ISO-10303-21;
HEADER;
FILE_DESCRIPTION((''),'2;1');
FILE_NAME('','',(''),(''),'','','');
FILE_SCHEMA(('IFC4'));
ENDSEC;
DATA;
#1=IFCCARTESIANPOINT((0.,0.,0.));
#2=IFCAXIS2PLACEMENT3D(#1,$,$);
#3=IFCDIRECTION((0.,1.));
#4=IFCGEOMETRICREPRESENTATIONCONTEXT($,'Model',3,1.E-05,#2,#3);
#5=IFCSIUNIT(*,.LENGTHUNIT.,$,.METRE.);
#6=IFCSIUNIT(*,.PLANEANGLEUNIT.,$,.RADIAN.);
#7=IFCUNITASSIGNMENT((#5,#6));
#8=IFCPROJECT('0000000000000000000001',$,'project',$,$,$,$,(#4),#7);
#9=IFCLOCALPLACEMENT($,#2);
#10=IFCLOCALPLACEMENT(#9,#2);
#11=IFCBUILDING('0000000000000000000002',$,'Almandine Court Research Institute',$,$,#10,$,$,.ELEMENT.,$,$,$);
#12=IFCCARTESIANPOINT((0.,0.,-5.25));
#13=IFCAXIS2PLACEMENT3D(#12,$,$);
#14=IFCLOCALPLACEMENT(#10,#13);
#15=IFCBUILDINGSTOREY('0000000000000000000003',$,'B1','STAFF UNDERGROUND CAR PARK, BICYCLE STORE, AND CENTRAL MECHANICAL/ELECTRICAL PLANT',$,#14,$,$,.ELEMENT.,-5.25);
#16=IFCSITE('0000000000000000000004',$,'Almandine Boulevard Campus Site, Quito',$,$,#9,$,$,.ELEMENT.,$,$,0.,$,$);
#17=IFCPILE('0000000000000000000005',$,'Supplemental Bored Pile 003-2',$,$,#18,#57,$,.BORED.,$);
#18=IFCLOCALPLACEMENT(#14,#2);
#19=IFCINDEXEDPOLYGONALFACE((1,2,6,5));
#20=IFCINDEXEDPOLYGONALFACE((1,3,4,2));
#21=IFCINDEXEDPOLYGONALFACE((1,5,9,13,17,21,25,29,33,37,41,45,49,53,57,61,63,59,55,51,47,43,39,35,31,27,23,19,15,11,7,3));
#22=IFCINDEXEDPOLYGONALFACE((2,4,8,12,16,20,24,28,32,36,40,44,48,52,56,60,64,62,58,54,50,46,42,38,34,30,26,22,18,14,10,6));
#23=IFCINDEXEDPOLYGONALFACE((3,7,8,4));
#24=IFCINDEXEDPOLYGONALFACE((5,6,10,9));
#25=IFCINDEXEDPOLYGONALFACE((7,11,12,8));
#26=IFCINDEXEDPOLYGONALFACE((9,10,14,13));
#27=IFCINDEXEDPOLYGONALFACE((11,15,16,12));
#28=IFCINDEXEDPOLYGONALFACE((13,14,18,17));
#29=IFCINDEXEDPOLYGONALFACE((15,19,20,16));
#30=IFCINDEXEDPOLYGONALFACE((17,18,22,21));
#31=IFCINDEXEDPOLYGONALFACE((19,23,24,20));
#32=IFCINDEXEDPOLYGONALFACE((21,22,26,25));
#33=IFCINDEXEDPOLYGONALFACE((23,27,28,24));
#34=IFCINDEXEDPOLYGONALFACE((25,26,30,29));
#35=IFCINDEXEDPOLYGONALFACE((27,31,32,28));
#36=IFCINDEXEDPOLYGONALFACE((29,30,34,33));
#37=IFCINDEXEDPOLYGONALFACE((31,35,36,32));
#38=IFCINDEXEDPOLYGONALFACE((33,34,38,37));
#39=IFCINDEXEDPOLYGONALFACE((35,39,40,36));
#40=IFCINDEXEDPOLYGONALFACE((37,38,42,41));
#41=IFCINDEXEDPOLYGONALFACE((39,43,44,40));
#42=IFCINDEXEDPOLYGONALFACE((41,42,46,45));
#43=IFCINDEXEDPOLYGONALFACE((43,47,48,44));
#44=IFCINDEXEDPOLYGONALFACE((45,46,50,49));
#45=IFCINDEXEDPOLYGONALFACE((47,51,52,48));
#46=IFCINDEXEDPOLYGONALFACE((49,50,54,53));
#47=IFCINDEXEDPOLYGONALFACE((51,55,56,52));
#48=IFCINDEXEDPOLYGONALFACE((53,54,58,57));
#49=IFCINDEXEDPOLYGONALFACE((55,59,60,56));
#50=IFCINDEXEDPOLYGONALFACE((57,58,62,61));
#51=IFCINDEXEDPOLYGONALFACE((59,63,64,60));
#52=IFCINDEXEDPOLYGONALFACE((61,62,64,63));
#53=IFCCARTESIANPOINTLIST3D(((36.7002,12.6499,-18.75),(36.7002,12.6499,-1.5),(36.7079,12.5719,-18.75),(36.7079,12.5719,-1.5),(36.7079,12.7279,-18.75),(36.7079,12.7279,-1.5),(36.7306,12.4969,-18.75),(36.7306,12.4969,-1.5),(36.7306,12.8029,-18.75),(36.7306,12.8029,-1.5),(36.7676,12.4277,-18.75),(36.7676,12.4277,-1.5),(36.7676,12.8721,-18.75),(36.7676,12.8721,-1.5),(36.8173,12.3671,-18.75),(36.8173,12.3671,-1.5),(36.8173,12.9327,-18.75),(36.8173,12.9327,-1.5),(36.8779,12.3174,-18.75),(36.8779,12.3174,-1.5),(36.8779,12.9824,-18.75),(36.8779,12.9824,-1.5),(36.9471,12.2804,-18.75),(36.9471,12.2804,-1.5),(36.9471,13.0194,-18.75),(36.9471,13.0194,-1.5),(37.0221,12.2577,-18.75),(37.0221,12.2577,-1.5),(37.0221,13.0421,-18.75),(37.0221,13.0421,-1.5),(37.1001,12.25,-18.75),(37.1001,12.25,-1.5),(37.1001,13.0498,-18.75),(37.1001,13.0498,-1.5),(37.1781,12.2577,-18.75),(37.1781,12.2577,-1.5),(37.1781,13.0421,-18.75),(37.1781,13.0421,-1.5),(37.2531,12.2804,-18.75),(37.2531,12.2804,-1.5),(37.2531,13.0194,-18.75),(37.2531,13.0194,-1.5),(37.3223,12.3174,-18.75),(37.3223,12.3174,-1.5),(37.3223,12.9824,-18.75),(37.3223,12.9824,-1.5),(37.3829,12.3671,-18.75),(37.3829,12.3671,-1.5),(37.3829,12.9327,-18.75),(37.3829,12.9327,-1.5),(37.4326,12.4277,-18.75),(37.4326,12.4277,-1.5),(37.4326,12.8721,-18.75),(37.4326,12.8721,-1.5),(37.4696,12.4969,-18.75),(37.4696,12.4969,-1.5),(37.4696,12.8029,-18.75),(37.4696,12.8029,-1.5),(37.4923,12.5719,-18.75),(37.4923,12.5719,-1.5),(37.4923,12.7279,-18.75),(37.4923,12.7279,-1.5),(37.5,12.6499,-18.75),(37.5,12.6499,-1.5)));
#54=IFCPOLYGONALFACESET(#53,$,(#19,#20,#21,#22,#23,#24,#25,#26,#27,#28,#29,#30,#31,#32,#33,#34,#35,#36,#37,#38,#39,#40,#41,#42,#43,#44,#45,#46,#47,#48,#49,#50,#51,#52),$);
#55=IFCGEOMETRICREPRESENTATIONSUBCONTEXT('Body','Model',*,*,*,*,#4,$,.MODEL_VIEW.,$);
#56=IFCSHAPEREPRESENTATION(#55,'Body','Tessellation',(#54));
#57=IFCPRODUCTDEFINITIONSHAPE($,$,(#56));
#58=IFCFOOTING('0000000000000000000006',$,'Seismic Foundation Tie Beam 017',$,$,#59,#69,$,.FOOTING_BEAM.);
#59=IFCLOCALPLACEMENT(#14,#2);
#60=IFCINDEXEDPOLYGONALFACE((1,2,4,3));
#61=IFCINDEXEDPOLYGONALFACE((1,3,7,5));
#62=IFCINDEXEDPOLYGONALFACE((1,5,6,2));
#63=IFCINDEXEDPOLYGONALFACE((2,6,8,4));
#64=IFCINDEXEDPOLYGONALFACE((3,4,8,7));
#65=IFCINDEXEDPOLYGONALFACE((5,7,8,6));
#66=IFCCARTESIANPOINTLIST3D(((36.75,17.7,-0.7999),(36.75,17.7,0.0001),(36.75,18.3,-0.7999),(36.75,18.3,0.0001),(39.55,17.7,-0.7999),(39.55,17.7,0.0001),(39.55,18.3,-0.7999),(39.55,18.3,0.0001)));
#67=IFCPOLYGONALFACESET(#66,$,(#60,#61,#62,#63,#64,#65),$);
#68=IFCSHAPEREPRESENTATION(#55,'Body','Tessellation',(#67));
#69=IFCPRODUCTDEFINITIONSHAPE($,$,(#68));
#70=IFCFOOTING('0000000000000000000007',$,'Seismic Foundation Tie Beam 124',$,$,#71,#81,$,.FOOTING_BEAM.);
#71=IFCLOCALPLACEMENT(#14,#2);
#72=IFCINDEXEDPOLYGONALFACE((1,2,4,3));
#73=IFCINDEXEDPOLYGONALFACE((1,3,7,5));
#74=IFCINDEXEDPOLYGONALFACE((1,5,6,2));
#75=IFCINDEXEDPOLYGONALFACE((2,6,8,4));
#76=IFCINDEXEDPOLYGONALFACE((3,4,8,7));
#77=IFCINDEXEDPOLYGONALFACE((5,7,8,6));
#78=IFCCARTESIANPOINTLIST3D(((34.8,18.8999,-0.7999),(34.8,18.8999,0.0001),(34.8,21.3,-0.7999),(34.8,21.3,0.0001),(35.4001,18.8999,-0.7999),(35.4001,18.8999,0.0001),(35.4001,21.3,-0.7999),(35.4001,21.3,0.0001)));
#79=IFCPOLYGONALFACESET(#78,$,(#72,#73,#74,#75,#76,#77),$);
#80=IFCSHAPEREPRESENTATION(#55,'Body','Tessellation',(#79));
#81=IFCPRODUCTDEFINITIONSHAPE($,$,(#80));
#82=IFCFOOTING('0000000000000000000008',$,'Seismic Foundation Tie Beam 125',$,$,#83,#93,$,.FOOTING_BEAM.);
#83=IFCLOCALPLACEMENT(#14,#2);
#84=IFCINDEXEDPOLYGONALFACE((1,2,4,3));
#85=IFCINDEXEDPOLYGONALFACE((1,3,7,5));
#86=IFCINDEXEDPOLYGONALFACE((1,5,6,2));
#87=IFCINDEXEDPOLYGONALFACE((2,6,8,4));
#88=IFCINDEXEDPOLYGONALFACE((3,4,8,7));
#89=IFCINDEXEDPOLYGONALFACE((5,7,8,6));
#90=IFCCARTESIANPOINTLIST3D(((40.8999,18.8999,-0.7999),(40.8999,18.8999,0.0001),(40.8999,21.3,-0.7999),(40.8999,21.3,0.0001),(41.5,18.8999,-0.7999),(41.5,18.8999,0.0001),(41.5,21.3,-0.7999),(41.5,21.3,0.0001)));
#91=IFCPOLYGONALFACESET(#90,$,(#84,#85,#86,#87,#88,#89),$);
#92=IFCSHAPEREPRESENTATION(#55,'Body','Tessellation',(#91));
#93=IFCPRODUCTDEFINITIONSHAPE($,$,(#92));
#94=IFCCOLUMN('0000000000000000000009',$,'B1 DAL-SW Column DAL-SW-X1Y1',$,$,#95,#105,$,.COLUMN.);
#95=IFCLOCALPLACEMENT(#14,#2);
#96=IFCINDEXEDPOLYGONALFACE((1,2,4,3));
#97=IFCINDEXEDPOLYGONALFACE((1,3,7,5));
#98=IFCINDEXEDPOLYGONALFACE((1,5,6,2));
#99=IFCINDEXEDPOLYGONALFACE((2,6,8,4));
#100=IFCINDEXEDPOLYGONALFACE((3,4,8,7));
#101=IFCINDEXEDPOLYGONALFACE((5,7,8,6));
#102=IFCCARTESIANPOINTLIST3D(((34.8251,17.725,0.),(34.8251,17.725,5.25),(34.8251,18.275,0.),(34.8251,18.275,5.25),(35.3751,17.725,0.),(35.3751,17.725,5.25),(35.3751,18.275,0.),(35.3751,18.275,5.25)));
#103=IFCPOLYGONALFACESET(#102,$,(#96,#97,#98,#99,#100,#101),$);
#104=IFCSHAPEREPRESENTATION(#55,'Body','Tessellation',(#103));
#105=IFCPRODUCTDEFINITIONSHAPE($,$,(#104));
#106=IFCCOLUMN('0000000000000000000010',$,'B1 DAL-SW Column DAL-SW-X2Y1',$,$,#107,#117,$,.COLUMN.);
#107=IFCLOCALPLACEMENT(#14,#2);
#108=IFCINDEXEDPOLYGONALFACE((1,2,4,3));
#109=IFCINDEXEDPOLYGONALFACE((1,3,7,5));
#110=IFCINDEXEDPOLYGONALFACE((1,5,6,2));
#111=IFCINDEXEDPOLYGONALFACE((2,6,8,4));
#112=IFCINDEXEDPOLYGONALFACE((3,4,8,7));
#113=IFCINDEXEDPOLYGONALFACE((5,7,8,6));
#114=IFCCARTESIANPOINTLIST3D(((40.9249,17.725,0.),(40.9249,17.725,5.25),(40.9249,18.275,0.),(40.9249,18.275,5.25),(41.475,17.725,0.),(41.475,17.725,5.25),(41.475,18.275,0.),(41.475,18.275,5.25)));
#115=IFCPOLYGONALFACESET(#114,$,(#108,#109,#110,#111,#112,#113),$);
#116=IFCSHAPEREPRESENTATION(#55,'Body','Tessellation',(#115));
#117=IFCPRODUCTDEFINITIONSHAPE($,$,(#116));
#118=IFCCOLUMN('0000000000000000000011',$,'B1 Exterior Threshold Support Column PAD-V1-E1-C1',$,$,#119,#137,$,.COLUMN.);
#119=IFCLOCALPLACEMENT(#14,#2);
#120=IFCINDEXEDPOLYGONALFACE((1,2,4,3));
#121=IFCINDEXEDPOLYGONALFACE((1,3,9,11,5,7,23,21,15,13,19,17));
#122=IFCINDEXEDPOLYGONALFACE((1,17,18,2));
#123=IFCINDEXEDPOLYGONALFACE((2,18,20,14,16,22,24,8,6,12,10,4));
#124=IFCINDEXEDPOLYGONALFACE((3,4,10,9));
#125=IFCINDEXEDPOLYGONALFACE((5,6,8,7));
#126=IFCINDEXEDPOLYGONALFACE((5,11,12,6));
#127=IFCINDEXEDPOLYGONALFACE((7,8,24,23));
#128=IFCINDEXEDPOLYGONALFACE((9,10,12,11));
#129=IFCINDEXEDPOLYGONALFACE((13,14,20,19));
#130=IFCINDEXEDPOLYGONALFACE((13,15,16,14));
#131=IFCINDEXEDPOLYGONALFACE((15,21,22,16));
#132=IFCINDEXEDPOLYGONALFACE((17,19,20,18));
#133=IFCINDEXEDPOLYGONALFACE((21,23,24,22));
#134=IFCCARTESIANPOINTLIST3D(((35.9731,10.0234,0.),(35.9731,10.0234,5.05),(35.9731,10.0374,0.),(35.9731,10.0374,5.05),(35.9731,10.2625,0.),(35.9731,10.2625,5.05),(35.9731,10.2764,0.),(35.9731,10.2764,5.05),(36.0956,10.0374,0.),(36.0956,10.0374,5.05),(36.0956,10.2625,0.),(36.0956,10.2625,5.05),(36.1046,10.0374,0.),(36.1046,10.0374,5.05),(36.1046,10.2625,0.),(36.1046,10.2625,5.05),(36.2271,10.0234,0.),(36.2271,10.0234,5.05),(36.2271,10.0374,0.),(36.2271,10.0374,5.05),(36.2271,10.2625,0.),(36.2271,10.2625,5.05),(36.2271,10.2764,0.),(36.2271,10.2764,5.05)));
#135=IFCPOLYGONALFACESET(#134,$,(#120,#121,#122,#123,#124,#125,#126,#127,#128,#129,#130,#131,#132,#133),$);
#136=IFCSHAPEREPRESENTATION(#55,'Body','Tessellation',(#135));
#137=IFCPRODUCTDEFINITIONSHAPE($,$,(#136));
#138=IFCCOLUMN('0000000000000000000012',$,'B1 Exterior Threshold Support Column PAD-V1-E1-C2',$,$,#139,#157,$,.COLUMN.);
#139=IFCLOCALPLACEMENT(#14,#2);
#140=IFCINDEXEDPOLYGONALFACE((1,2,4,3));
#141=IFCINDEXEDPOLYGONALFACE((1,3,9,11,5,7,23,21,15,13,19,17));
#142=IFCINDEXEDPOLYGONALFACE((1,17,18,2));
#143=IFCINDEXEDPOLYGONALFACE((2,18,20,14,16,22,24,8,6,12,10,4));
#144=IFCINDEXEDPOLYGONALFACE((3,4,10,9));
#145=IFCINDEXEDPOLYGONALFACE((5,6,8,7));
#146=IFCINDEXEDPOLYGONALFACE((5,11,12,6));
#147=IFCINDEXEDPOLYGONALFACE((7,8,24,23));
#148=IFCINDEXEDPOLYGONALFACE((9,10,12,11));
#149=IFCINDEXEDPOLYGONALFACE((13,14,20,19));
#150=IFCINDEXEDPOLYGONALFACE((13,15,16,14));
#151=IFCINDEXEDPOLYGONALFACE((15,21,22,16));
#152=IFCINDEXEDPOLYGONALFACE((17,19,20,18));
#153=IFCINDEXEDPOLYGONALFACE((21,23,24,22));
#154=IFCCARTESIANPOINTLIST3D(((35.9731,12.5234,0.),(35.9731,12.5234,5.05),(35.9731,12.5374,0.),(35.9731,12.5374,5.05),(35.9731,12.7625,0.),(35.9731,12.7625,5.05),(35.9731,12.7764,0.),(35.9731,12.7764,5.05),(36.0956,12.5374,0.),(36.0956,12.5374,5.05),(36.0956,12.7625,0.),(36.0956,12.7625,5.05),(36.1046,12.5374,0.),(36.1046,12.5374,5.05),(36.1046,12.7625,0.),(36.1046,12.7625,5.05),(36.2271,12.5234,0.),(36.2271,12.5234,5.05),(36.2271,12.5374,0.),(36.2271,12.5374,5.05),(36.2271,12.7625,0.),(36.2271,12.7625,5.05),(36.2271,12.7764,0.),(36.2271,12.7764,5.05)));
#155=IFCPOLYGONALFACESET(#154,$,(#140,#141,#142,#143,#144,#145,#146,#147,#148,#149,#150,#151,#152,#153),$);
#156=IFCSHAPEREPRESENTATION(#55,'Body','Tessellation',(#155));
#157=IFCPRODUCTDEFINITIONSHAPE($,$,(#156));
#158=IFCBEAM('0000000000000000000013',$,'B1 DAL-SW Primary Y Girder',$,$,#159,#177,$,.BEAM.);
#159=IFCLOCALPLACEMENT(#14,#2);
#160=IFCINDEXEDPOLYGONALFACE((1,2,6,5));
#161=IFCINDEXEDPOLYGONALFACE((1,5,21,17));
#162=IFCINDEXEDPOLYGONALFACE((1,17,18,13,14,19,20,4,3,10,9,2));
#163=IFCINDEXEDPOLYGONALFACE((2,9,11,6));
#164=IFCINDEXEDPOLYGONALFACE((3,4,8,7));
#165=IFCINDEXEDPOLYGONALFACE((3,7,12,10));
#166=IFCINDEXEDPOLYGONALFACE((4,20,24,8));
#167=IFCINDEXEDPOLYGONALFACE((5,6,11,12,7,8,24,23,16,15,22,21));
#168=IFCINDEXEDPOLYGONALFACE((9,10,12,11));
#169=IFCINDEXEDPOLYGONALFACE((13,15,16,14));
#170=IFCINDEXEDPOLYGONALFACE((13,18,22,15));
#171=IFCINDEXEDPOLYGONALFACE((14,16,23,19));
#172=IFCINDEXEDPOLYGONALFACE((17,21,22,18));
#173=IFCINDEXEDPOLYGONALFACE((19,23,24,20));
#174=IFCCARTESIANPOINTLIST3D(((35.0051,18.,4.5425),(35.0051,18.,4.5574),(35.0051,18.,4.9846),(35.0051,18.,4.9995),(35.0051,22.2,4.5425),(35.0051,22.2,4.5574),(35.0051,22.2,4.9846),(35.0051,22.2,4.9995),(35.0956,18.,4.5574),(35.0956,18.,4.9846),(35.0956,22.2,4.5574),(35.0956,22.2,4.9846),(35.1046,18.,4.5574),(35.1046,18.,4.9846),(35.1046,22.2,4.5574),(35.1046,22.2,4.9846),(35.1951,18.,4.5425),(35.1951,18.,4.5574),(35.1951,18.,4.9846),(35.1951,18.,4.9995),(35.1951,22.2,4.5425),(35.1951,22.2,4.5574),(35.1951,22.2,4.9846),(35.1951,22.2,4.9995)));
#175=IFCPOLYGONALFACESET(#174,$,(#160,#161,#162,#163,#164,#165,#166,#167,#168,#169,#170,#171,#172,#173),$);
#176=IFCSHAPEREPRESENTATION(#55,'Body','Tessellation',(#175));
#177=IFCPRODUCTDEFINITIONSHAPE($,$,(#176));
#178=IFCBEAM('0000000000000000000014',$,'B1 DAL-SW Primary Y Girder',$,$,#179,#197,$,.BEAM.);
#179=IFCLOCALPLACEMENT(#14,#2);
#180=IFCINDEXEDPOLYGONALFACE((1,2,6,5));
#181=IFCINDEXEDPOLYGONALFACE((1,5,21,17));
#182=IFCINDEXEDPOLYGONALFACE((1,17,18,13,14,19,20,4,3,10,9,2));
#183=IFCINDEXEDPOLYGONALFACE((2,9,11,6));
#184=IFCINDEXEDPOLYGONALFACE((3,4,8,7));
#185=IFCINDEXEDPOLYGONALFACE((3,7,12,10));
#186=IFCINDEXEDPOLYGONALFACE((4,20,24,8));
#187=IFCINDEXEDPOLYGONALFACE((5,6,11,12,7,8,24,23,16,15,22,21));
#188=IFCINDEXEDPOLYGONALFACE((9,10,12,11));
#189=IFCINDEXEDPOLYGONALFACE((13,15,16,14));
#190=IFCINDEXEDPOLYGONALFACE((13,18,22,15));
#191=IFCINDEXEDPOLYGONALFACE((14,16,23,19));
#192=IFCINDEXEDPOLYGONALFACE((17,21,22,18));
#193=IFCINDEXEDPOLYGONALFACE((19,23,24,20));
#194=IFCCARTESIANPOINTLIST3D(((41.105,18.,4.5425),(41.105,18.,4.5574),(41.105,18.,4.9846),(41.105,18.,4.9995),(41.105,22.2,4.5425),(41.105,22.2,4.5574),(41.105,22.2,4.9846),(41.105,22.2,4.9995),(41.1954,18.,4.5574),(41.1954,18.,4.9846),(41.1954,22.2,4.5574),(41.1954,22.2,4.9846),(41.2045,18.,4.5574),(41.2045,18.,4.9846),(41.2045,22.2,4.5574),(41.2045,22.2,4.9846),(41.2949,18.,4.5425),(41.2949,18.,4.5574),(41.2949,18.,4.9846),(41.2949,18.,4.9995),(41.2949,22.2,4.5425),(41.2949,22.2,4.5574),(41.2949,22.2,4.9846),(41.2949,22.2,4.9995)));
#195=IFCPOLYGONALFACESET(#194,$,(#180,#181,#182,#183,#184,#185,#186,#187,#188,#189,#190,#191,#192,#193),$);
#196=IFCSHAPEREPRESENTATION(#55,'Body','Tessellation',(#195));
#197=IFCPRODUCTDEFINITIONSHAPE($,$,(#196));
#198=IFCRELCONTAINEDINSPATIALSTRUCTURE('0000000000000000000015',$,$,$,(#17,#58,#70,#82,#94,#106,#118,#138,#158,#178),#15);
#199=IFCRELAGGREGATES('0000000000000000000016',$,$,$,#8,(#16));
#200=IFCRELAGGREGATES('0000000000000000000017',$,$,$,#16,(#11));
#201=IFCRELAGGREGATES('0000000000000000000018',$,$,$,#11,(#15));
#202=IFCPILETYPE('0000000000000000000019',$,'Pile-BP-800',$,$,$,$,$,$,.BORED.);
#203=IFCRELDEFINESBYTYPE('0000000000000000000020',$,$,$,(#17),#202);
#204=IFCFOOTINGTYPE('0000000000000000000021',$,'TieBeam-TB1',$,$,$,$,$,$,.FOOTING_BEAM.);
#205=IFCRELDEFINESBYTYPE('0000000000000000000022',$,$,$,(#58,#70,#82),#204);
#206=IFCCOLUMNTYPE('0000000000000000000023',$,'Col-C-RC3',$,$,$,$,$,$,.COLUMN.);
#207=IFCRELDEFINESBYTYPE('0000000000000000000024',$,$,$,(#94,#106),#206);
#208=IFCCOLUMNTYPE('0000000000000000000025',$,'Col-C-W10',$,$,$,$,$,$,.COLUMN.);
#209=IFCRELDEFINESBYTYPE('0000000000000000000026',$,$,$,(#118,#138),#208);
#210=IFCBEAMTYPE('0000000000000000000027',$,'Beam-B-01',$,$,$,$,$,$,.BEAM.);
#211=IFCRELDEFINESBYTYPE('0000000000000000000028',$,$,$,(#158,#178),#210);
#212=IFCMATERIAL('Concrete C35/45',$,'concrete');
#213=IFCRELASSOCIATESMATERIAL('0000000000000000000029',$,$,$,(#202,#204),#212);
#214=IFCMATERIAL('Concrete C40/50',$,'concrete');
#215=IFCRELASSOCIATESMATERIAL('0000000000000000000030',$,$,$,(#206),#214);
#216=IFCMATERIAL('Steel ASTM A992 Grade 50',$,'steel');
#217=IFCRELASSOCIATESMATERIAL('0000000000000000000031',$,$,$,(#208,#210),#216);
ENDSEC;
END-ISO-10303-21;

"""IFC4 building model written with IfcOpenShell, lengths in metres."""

from ifc_helpers import new_model, si_unit, direction, frame, origin, origin_2d, place, context, subcontext, project, spatial, rectangle, circle, i_section, extrude, material, material_profile, profile_set, type_object, element, save


model = new_model("IFC4")

# Units and contexts
model_context = context("Model", 3, precision=1e-05, world=origin(), true_north=direction((0.0, 1.0)))
body_context = subcontext(model_context, "Body", "Model", "MODEL_VIEW")
ifc_project = project(units=[si_unit("LENGTHUNIT", "METRE"), si_unit("PLANEANGLEUNIT", "RADIAN")], contexts=[model_context])

# Site, building, storey
site_placement = place(None, origin())
site = spatial("IfcSite", under=ifc_project, at=site_placement, Name="Almandine Boulevard Campus Site, Quito", CompositionType="ELEMENT", RefElevation=0.0)
building_placement = place(site_placement, origin())
building = spatial("IfcBuilding", under=site, at=building_placement, Name="Almandine Court Research Institute", CompositionType="ELEMENT")
storey_placement = place(building_placement, frame((0.0, 0.0, -5.25)))
storey = spatial("IfcBuildingStorey", under=building, at=storey_placement, Name="B1", Description="STAFF UNDERGROUND CAR PARK, BICYCLE STORE, AND CENTRAL MECHANICAL/ELECTRICAL PLANT", CompositionType="ELEMENT", Elevation=-5.25)

# Shared definitions
ifc_material_1 = material(Name="Concrete C35/45", Category="concrete")

# Pile
ifc_material_profile_1 = material_profile(ifc_material_1, circle(Radius=0.3999, at=origin_2d()), Name="BORED PILE D800")
ifc_profile_set_1 = profile_set([ifc_material_profile_1], Name="Concrete C35/45")
pile_type = type_object("IfcPileType", Name="Pile-BP-800", PredefinedType="BORED", material=ifc_profile_set_1)
for number, where, z_axis, x_axis, name in (
    (1, (37.1001, 12.6499, -1.5), (0.0, 0.0, -1.0), (1.0, 0.0, 0.0), "Supplemental Bored Pile 003-2"),
):
    element("IfcPile", number, at=place(storey_placement, frame(where, z_axis=z_axis, x_axis=x_axis)), inside=storey, type_object=pile_type, Name=name, PredefinedType="BORED", context=body_context, shape_type="SweptSolid", body=[
        extrude(circle(Radius=0.3999, at=origin_2d()), origin(), (0.0, 0.0, 1.0), 17.25),
    ])

# Footings
ifc_material_profile_2 = material_profile(ifc_material_1, rectangle(XDim=0.6001, YDim=0.8, at=origin_2d()), Name="RC TIE 600x800")
ifc_profile_set_2 = profile_set([ifc_material_profile_2], Name="Concrete C35/45")
footing_type_1 = type_object("IfcFootingType", Name="TieBeam-TB1", PredefinedType="FOOTING_BEAM", material=ifc_profile_set_2)
footing_1_placement = place(storey_placement, frame((36.75, 18.0, -0.3999), z_axis=(1.0, 0.0, 0.0), x_axis=(0.0, 1.0, 0.0)))
element("IfcFooting", 2, at=footing_1_placement, inside=storey, type_object=footing_type_1, Name="Seismic Foundation Tie Beam 017", PredefinedType="FOOTING_BEAM", context=body_context, shape_type="SweptSolid", body=[
    extrude(rectangle(XDim=0.6001, YDim=0.8, at=origin_2d()), origin(), (0.0, 0.0, 1.0), 2.8),
])
for number, where, z_axis, x_axis, name in (
    (3, (35.1001, 18.8999, -0.3999), (0.0, 1.0, 0.0), (-1.0, 0.0, 0.0), "Seismic Foundation Tie Beam 124"),
    (4, (41.2, 18.8999, -0.3999), (0.0, 1.0, 0.0), (-1.0, 0.0, 0.0), "Seismic Foundation Tie Beam 125"),
):
    element("IfcFooting", number, at=place(storey_placement, frame(where, z_axis=z_axis, x_axis=x_axis)), inside=storey, type_object=footing_type_1, Name=name, PredefinedType="FOOTING_BEAM", context=body_context, shape_type="SweptSolid", body=[
        extrude(rectangle(XDim=0.6001, YDim=0.8, at=origin_2d()), origin(), (0.0, 0.0, 1.0), 2.4001),
    ])

# Columns
ifc_material_2 = material(Name="Concrete C40/50", Category="concrete")
ifc_material_profile_3 = material_profile(ifc_material_2, rectangle(XDim=0.55, YDim=0.55, at=origin_2d()), Name="RC 550x550")
ifc_profile_set_3 = profile_set([ifc_material_profile_3], Name="Concrete C40/50")
column_type_1 = type_object("IfcColumnType", Name="Col-C-RC3", PredefinedType="COLUMN", material=ifc_profile_set_3)
for number, where, z_axis, x_axis, name in (
    (5, (35.1001, 18.0, 0.0), (0.0, 0.0, 1.0), (1.0, 0.0, 0.0), "B1 DAL-SW Column DAL-SW-X1Y1"),
    (6, (41.2, 18.0, 0.0), (0.0, 0.0, 1.0), (1.0, 0.0, 0.0), "B1 DAL-SW Column DAL-SW-X2Y1"),
):
    element("IfcColumn", number, at=place(storey_placement, frame(where, z_axis=z_axis, x_axis=x_axis)), inside=storey, type_object=column_type_1, Name=name, PredefinedType="COLUMN", context=body_context, shape_type="SweptSolid", body=[
        extrude(rectangle(XDim=0.55, YDim=0.55, at=origin_2d()), origin(), (0.0, 0.0, 1.0), 5.25),
    ])
ifc_material_3 = material(Name="Steel ASTM A992 Grade 50", Category="steel")
ifc_material_profile_4 = material_profile(ifc_material_3, i_section(OverallWidth=0.2539, OverallDepth=0.2529, WebThickness=0.009, FlangeThickness=0.0139, at=origin_2d()), Name="W250x73")
ifc_profile_set_4 = profile_set([ifc_material_profile_4], Name="Steel ASTM A992 Grade 50")
column_type_2 = type_object("IfcColumnType", Name="Col-C-W10", PredefinedType="COLUMN", material=ifc_profile_set_4)
for number, where, z_axis, x_axis, name in (
    (7, (36.1001, 10.1499, 0.0), (0.0, 0.0, 1.0), (1.0, 0.0, 0.0), "B1 Exterior Threshold Support Column PAD-V1-E1-C1"),
    (8, (36.1001, 12.6499, 0.0), (0.0, 0.0, 1.0), (1.0, 0.0, 0.0), "B1 Exterior Threshold Support Column PAD-V1-E1-C2"),
):
    element("IfcColumn", number, at=place(storey_placement, frame(where, z_axis=z_axis, x_axis=x_axis)), inside=storey, type_object=column_type_2, Name=name, PredefinedType="COLUMN", context=body_context, shape_type="SweptSolid", body=[
        extrude(i_section(OverallWidth=0.2539, OverallDepth=0.2529, WebThickness=0.009, FlangeThickness=0.0139, at=origin_2d()), origin(), (0.0, 0.0, 1.0), 5.05),
    ])

# Beams
ifc_material_profile_5 = material_profile(ifc_material_3, i_section(OverallWidth=0.1899, OverallDepth=0.457, WebThickness=0.009, FlangeThickness=0.0149, at=origin_2d()), Name="W460x74")
ifc_profile_set_5 = profile_set([ifc_material_profile_5], Name="Steel ASTM A992 Grade 50")
beam_type_1 = type_object("IfcBeamType", Name="Beam-B-01", PredefinedType="BEAM", material=ifc_profile_set_5)
for number, where, z_axis, x_axis, name in (
    (9, (35.1001, 18.0, 4.771), (0.0, 1.0, 0.0), (-1.0, 0.0, 0.0), "B1 DAL-SW Primary Y Girder"),
    (10, (41.2, 18.0, 4.771), (0.0, 1.0, 0.0), (-1.0, 0.0, 0.0), "B1 DAL-SW Primary Y Girder"),
):
    element("IfcBeam", number, at=place(storey_placement, frame(where, z_axis=z_axis, x_axis=x_axis)), inside=storey, type_object=beam_type_1, Name=name, PredefinedType="BEAM", context=body_context, shape_type="SweptSolid", body=[
        extrude(i_section(OverallWidth=0.1899, OverallDepth=0.457, WebThickness=0.009, FlangeThickness=0.0149, at=origin_2d()), origin(), (0.0, 0.0, 1.0), 4.2),
    ])

save(model, "model.ifc")
